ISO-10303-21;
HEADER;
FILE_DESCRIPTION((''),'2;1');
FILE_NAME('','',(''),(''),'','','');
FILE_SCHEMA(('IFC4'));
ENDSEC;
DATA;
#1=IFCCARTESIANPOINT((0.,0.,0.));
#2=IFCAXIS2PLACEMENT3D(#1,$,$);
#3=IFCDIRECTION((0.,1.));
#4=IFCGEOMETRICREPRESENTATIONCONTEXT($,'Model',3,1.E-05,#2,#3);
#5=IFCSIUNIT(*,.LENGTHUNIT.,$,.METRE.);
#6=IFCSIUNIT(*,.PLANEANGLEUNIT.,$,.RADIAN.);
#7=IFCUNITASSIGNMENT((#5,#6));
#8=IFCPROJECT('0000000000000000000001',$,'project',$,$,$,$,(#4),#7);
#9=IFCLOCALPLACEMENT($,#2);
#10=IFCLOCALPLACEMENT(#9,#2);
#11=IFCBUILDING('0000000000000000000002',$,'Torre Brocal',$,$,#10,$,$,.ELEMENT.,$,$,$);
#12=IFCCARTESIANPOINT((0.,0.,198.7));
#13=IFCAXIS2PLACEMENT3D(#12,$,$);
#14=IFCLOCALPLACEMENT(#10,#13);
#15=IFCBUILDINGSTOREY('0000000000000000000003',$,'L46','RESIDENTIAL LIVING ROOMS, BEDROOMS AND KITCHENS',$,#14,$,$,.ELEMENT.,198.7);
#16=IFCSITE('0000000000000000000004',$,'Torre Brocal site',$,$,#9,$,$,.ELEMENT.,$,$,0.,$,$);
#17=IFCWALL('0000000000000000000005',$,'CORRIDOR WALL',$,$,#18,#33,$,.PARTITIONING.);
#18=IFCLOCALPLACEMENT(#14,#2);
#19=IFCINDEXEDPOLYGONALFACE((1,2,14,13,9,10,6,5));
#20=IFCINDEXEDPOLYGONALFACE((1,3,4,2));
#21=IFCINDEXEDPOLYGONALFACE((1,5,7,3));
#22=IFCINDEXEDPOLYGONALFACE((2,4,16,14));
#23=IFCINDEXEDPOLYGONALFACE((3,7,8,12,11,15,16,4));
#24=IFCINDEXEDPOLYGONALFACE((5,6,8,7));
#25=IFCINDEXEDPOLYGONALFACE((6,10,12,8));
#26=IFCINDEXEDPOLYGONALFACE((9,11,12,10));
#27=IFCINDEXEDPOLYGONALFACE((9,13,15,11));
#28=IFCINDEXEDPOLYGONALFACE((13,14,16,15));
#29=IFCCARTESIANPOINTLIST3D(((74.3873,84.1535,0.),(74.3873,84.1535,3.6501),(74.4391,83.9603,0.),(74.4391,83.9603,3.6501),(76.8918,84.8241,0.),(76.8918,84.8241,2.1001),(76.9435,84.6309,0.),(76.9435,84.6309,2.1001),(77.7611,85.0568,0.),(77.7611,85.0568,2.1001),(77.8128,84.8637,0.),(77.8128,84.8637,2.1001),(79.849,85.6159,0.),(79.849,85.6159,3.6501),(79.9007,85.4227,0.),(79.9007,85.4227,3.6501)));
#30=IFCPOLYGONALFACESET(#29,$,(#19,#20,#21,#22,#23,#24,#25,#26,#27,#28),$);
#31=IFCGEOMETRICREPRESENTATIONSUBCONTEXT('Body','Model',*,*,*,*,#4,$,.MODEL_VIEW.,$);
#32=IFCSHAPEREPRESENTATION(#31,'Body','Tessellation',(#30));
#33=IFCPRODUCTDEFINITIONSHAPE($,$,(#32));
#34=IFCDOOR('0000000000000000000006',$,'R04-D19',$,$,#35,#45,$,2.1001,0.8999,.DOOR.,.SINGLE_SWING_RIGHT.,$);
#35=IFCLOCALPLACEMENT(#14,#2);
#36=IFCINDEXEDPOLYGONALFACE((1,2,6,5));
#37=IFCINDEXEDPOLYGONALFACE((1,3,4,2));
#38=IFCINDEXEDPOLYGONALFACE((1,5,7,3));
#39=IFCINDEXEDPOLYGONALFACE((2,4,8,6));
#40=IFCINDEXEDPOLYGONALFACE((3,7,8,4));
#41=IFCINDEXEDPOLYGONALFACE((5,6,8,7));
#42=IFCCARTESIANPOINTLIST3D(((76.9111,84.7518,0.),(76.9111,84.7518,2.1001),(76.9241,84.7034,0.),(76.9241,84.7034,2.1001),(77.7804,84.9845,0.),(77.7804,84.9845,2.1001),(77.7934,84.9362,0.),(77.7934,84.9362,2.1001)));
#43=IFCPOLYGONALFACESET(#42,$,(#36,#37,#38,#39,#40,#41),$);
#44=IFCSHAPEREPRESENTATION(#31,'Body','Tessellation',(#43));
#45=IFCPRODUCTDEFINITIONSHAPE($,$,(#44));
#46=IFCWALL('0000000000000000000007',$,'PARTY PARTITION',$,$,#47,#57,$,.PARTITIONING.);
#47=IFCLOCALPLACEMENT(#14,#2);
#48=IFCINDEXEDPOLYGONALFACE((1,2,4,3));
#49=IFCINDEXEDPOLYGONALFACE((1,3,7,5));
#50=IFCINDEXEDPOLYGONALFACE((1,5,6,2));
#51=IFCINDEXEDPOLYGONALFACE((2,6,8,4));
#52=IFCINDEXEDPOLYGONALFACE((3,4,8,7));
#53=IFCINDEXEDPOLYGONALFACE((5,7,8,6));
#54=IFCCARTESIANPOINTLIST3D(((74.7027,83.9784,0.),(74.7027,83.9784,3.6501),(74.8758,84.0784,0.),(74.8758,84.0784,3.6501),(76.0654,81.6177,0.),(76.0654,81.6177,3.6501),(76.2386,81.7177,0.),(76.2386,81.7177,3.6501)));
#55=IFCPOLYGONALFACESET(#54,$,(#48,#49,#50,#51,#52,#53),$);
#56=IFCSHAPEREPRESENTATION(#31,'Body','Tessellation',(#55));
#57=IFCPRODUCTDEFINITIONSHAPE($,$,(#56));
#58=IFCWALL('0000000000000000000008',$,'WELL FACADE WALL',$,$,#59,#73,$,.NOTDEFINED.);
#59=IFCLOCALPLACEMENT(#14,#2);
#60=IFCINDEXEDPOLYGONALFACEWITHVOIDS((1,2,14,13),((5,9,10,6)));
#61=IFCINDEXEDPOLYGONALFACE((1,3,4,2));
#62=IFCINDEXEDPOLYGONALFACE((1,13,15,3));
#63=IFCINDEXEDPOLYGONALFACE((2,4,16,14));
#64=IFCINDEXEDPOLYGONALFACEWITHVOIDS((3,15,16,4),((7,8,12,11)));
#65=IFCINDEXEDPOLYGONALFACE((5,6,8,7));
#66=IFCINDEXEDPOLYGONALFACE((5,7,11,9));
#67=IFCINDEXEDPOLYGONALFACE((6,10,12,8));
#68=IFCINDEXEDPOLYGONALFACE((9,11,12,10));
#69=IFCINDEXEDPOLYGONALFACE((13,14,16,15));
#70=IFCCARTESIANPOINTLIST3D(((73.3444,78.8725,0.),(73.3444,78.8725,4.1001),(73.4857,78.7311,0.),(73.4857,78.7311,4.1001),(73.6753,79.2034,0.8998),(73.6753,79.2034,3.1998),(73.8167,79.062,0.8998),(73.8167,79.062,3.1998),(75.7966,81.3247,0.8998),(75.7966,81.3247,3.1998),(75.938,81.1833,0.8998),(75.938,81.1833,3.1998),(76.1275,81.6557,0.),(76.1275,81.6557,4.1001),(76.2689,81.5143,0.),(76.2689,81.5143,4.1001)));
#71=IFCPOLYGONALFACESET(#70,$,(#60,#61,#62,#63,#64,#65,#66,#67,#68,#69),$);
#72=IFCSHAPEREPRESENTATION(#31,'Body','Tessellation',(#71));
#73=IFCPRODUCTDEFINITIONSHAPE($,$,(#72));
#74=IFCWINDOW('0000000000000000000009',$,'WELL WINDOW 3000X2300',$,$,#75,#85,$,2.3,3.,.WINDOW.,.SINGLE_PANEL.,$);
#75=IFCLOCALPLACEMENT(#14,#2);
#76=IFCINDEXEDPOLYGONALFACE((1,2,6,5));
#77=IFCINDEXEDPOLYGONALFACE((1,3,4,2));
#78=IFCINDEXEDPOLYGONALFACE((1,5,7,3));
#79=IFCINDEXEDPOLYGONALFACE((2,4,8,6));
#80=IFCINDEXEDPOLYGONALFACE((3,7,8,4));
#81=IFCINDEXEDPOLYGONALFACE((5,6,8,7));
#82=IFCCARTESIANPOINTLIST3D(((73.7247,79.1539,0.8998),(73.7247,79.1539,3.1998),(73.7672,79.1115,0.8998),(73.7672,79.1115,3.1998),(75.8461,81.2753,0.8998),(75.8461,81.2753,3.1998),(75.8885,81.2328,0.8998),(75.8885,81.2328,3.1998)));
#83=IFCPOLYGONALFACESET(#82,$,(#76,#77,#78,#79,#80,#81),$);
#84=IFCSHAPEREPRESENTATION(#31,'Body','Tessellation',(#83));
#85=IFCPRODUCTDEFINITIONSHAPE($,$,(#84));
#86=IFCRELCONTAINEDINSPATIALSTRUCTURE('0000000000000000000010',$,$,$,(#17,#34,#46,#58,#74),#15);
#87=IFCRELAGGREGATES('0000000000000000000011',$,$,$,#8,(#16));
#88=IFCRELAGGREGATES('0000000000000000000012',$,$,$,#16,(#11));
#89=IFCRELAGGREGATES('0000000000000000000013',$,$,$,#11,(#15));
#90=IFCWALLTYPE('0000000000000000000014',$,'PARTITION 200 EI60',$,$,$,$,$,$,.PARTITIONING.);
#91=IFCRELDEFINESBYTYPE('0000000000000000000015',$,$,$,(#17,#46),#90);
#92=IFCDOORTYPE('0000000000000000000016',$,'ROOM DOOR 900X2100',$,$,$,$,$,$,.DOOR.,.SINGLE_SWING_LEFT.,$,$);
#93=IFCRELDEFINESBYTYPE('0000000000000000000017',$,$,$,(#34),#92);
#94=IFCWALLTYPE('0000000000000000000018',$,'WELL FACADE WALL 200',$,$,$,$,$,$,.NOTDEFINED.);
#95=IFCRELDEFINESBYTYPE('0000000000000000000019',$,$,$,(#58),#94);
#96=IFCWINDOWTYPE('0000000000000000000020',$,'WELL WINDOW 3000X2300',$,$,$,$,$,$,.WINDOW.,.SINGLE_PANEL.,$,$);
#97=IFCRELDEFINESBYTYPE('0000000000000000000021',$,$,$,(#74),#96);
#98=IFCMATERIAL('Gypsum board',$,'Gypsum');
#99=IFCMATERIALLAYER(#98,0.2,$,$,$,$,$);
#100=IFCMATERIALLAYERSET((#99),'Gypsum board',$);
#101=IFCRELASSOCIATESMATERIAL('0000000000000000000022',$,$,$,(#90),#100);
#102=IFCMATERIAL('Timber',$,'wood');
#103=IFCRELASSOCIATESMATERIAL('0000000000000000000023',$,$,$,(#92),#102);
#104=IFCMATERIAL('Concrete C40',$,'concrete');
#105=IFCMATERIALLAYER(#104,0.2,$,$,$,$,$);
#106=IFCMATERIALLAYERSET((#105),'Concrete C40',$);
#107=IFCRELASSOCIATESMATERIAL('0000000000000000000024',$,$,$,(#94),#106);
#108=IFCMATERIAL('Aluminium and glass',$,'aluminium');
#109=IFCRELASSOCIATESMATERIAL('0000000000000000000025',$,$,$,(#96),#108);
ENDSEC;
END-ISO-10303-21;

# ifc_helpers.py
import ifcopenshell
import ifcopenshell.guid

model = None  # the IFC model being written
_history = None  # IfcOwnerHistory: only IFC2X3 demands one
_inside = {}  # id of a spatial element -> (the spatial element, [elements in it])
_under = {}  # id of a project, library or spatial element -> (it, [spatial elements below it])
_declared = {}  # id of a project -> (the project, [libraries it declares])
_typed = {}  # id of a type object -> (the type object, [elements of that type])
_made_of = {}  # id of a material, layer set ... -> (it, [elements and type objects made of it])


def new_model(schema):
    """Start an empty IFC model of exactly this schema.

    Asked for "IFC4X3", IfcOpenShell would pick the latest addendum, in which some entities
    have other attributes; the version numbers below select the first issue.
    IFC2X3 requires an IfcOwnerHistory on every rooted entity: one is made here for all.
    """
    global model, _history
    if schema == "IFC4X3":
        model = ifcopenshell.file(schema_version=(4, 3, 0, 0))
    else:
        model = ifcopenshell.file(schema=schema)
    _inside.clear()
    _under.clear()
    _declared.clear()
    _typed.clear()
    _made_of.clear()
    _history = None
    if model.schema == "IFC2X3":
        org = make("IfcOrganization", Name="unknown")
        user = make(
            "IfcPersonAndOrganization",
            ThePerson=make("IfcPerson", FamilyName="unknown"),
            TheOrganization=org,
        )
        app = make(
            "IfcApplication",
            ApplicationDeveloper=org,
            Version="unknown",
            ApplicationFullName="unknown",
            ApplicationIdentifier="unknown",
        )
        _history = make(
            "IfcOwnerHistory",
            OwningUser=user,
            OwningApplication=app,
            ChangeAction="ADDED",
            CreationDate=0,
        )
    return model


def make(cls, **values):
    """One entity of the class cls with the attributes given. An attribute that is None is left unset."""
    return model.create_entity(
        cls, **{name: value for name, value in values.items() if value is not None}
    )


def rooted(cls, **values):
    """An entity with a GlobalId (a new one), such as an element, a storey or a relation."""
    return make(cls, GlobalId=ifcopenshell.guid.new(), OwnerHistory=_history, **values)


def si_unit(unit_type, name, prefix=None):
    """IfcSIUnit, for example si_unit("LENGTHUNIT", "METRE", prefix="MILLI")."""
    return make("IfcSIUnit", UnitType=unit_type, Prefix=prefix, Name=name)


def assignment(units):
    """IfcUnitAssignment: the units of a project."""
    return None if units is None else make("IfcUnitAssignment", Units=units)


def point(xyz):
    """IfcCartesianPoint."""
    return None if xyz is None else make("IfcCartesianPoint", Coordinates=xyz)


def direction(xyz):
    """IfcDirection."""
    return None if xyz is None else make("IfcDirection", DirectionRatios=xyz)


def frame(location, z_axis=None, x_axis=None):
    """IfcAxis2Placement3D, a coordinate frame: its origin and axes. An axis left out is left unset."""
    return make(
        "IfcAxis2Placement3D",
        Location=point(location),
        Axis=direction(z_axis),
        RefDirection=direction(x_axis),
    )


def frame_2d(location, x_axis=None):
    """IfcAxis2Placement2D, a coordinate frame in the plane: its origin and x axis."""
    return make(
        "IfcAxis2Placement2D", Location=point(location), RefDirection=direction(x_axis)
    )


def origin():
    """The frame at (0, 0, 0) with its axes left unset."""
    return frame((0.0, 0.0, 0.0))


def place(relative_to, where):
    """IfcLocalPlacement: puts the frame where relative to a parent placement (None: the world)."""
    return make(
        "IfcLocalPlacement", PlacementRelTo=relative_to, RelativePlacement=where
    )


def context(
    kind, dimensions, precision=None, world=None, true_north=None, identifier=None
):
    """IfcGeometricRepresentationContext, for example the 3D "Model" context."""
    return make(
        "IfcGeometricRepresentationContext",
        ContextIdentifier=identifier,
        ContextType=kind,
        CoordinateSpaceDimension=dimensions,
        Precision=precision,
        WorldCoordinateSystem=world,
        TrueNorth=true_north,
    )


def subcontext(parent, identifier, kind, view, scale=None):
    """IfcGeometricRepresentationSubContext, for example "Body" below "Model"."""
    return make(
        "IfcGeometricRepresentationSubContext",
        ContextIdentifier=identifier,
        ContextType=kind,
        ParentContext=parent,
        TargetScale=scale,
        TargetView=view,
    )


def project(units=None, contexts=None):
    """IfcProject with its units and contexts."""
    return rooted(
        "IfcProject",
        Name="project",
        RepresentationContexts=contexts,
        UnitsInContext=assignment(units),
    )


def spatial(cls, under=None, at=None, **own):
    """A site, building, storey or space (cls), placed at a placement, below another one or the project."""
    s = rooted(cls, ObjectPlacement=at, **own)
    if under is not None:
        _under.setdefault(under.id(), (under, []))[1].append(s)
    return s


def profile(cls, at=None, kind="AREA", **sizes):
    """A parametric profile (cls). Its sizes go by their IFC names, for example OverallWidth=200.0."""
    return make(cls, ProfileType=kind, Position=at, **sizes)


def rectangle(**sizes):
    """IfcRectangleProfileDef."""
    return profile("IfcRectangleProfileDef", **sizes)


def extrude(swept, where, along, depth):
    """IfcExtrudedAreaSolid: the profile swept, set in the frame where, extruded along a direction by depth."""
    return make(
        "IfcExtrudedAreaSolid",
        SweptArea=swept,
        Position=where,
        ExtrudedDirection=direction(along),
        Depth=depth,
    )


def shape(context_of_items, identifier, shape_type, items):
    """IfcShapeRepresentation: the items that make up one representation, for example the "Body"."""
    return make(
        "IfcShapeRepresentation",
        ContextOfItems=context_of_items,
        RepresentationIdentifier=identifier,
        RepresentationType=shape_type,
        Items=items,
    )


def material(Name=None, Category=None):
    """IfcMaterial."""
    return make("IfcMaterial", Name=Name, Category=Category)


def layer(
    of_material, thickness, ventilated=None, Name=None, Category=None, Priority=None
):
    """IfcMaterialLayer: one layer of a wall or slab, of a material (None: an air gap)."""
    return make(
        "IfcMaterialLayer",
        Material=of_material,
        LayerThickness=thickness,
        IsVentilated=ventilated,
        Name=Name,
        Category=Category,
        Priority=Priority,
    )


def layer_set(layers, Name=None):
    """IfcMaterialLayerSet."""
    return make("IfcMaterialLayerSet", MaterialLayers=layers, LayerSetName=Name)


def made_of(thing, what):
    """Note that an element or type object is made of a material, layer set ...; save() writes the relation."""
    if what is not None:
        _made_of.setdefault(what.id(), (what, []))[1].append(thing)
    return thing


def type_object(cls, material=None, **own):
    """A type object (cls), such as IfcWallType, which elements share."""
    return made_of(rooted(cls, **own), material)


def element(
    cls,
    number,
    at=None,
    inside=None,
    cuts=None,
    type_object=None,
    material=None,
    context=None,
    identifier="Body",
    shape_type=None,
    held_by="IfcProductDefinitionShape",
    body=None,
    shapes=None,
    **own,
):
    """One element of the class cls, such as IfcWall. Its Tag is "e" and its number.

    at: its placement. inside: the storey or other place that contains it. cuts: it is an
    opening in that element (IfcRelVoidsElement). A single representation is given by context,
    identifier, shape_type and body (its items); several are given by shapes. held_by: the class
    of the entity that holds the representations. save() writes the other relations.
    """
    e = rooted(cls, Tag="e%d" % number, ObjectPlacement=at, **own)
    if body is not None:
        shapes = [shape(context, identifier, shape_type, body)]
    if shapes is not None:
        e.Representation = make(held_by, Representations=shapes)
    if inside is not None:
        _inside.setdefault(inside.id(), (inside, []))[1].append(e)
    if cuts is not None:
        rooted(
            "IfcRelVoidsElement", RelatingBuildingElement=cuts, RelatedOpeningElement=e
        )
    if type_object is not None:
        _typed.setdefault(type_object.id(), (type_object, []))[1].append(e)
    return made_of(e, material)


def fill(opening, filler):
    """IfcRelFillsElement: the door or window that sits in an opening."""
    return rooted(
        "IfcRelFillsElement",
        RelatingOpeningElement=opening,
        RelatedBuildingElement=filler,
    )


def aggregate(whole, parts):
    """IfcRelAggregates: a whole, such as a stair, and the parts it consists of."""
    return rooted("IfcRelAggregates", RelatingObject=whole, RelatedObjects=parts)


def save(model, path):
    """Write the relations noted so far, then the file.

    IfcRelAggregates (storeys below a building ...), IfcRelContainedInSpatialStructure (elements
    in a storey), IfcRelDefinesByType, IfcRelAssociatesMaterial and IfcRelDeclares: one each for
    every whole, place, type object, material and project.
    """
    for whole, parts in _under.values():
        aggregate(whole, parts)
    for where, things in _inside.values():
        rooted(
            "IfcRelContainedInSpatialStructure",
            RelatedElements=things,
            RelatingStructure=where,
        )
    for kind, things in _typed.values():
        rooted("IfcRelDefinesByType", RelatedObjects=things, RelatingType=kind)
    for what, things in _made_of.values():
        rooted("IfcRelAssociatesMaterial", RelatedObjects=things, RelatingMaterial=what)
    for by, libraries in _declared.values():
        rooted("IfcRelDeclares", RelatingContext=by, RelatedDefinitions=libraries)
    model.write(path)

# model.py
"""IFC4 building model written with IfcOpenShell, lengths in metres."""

from ifc_helpers import new_model, si_unit, direction, frame, frame_2d, origin, place, context, subcontext, project, spatial, rectangle, extrude, material, layer, layer_set, type_object, element, fill, save


model = new_model("IFC4")

# Units and contexts
model_context = context("Model", 3, precision=1e-05, world=origin(), true_north=direction((0.0, 1.0)))
body_context = subcontext(model_context, "Body", "Model", "MODEL_VIEW")
ifc_project = project(units=[si_unit("LENGTHUNIT", "METRE"), si_unit("PLANEANGLEUNIT", "RADIAN")], contexts=[model_context])

# Site, building, storey
site_placement = place(None, origin())
site = spatial("IfcSite", under=ifc_project, at=site_placement, Name="Torre Brocal site", CompositionType="ELEMENT", RefElevation=0.0)
building_placement = place(site_placement, origin())
building = spatial("IfcBuilding", under=site, at=building_placement, Name="Torre Brocal", CompositionType="ELEMENT")
storey_placement = place(building_placement, frame((0.0, 0.0, 198.7)))
storey = spatial("IfcBuildingStorey", under=building, at=storey_placement, Name="L46", Description="RESIDENTIAL LIVING ROOMS, BEDROOMS AND KITCHENS", CompositionType="ELEMENT", Elevation=198.7)

# Shared definitions
ifc_material_1 = material(Name="Gypsum board", Category="Gypsum")
ifc_layer_1 = layer(ifc_material_1, 0.2)
ifc_layer_set_1 = layer_set([ifc_layer_1], Name="Gypsum board")
wall_type_1 = type_object("IfcWallType", Name="PARTITION 200 EI60", PredefinedType="PARTITIONING", material=ifc_layer_set_1)

# Wall, opening, door
ifc_material_2 = material(Name="Timber", Category="wood")
door_type_1 = type_object("IfcDoorType", Name="ROOM DOOR 900X2100", OperationType="SINGLE_SWING_LEFT", PredefinedType="DOOR", material=ifc_material_2)
wall_1_placement = place(storey_placement, frame((74.4131, 84.0569, 0.0), z_axis=(0.0, 0.0, 1.0), x_axis=(0.965972, 0.258646, 0.0)))
wall_1 = element("IfcWall", 1, at=wall_1_placement, inside=storey, type_object=wall_type_1, Name="CORRIDOR WALL", PredefinedType="PARTITIONING", context=body_context, shape_type="SweptSolid", body=[
    extrude(rectangle(XDim=5.6541, YDim=0.2, at=frame_2d((2.8271, 0.0))), origin(), (0.0, 0.0, 1.0), 3.6501),
])
opening_1_placement = place(wall_1_placement, frame((2.5928, 0.0, 0.0)))
opening_1 = element("IfcOpeningElement", 2, at=opening_1_placement, cuts=wall_1, PredefinedType="OPENING", context=body_context, shape_type="SweptSolid", body=[
    extrude(rectangle(XDim=0.8999, YDim=2.1001, at=frame_2d((0.45, 1.05))), frame((0.0, 0.1099, 0.0), z_axis=(0.0, -1.0, 0.0), x_axis=(1.0, 0.0, 0.0)), (0.0, 0.0, 1.0), 0.22),
])
door_1_placement = place(opening_1_placement, frame((0.8999, 0.0, 0.0), z_axis=(0.0, 0.0, 1.0), x_axis=(-1.0, 0.0, 0.0)))
door_1 = element("IfcDoor", 3, at=door_1_placement, inside=storey, type_object=door_type_1, Name="R04-D19", OperationType="SINGLE_SWING_RIGHT", OverallHeight=2.1001, OverallWidth=0.8999, PredefinedType="DOOR", context=body_context, shape_type="SweptSolid", body=[
    extrude(rectangle(XDim=0.8999, YDim=2.1001, at=frame_2d((0.45, 1.05))), frame((0.0, 0.0249, 0.0), z_axis=(0.0, -1.0, 0.0), x_axis=(1.0, 0.0, 0.0)), (0.0, 0.0, 1.0), 0.05),
])
fill(opening_1, door_1)

# Wall
wall_2_placement = place(storey_placement, frame((74.7893, 84.0283, 0.0), z_axis=(0.0, 0.0, 1.0), x_axis=(0.499934, -0.866063, 0.0)))
element("IfcWall", 4, at=wall_2_placement, inside=storey, type_object=wall_type_1, Name="PARTY PARTITION", PredefinedType="PARTITIONING", context=body_context, shape_type="SweptSolid", body=[
    extrude(rectangle(XDim=2.7258, YDim=0.2, at=frame_2d((1.3628, 0.0))), origin(), (0.0, 0.0, 1.0), 3.6501),
])

# Wall, opening, window
ifc_material_3 = material(Name="Concrete C40", Category="concrete")
ifc_layer_2 = layer(ifc_material_3, 0.2)
ifc_layer_set_2 = layer_set([ifc_layer_2], Name="Concrete C40")
wall_type_2 = type_object("IfcWallType", Name="WELL FACADE WALL 200", PredefinedType="NOTDEFINED", material=ifc_layer_set_2)
wall_3_placement = place(storey_placement, frame((76.1982, 81.585, 0.0), z_axis=(0.0, 0.0, 1.0), x_axis=(-0.707107, -0.707107, 0.0)))
wall_3 = element("IfcWall", 5, at=wall_3_placement, inside=storey, type_object=wall_type_2, Name="WELL FACADE WALL", PredefinedType="NOTDEFINED", context=body_context, shape_type="SweptSolid", body=[
    extrude(rectangle(XDim=3.936, YDim=0.2, at=frame_2d((1.968, 0.0))), origin(), (0.0, 0.0, 1.0), 4.1001),
])
opening_2_placement = place(wall_3_placement, frame((0.468, 0.0, 0.8999)))
opening_2 = element("IfcOpeningElement", 6, at=opening_2_placement, cuts=wall_3, PredefinedType="OPENING", context=body_context, shape_type="SweptSolid", body=[
    extrude(rectangle(XDim=3.0, YDim=2.3, at=frame_2d((1.5, 1.1499))), frame((0.0, 0.1099, 0.0), z_axis=(0.0, -1.0, 0.0), x_axis=(1.0, 0.0, 0.0)), (0.0, 0.0, 1.0), 0.22),
])
ifc_material_4 = material(Name="Aluminium and glass", Category="aluminium")
window_type = type_object("IfcWindowType", Name="WELL WINDOW 3000X2300", PartitioningType="SINGLE_PANEL", PredefinedType="WINDOW", material=ifc_material_4)
window_placement = place(opening_2_placement, origin())
window = element("IfcWindow", 7, at=window_placement, inside=storey, type_object=window_type, Name="WELL WINDOW 3000X2300", OverallHeight=2.3, OverallWidth=3.0, PartitioningType="SINGLE_PANEL", PredefinedType="WINDOW", context=body_context, shape_type="SweptSolid", body=[
    extrude(rectangle(XDim=3.0, YDim=2.3, at=frame_2d((1.5, 1.1499))), frame((0.0, 0.03, 0.0), z_axis=(0.0, -1.0, 0.0), x_axis=(1.0, 0.0, 0.0)), (0.0, 0.0, 1.0), 0.0601),
])
fill(opening_2, window)

save(model, "model.ifc")
